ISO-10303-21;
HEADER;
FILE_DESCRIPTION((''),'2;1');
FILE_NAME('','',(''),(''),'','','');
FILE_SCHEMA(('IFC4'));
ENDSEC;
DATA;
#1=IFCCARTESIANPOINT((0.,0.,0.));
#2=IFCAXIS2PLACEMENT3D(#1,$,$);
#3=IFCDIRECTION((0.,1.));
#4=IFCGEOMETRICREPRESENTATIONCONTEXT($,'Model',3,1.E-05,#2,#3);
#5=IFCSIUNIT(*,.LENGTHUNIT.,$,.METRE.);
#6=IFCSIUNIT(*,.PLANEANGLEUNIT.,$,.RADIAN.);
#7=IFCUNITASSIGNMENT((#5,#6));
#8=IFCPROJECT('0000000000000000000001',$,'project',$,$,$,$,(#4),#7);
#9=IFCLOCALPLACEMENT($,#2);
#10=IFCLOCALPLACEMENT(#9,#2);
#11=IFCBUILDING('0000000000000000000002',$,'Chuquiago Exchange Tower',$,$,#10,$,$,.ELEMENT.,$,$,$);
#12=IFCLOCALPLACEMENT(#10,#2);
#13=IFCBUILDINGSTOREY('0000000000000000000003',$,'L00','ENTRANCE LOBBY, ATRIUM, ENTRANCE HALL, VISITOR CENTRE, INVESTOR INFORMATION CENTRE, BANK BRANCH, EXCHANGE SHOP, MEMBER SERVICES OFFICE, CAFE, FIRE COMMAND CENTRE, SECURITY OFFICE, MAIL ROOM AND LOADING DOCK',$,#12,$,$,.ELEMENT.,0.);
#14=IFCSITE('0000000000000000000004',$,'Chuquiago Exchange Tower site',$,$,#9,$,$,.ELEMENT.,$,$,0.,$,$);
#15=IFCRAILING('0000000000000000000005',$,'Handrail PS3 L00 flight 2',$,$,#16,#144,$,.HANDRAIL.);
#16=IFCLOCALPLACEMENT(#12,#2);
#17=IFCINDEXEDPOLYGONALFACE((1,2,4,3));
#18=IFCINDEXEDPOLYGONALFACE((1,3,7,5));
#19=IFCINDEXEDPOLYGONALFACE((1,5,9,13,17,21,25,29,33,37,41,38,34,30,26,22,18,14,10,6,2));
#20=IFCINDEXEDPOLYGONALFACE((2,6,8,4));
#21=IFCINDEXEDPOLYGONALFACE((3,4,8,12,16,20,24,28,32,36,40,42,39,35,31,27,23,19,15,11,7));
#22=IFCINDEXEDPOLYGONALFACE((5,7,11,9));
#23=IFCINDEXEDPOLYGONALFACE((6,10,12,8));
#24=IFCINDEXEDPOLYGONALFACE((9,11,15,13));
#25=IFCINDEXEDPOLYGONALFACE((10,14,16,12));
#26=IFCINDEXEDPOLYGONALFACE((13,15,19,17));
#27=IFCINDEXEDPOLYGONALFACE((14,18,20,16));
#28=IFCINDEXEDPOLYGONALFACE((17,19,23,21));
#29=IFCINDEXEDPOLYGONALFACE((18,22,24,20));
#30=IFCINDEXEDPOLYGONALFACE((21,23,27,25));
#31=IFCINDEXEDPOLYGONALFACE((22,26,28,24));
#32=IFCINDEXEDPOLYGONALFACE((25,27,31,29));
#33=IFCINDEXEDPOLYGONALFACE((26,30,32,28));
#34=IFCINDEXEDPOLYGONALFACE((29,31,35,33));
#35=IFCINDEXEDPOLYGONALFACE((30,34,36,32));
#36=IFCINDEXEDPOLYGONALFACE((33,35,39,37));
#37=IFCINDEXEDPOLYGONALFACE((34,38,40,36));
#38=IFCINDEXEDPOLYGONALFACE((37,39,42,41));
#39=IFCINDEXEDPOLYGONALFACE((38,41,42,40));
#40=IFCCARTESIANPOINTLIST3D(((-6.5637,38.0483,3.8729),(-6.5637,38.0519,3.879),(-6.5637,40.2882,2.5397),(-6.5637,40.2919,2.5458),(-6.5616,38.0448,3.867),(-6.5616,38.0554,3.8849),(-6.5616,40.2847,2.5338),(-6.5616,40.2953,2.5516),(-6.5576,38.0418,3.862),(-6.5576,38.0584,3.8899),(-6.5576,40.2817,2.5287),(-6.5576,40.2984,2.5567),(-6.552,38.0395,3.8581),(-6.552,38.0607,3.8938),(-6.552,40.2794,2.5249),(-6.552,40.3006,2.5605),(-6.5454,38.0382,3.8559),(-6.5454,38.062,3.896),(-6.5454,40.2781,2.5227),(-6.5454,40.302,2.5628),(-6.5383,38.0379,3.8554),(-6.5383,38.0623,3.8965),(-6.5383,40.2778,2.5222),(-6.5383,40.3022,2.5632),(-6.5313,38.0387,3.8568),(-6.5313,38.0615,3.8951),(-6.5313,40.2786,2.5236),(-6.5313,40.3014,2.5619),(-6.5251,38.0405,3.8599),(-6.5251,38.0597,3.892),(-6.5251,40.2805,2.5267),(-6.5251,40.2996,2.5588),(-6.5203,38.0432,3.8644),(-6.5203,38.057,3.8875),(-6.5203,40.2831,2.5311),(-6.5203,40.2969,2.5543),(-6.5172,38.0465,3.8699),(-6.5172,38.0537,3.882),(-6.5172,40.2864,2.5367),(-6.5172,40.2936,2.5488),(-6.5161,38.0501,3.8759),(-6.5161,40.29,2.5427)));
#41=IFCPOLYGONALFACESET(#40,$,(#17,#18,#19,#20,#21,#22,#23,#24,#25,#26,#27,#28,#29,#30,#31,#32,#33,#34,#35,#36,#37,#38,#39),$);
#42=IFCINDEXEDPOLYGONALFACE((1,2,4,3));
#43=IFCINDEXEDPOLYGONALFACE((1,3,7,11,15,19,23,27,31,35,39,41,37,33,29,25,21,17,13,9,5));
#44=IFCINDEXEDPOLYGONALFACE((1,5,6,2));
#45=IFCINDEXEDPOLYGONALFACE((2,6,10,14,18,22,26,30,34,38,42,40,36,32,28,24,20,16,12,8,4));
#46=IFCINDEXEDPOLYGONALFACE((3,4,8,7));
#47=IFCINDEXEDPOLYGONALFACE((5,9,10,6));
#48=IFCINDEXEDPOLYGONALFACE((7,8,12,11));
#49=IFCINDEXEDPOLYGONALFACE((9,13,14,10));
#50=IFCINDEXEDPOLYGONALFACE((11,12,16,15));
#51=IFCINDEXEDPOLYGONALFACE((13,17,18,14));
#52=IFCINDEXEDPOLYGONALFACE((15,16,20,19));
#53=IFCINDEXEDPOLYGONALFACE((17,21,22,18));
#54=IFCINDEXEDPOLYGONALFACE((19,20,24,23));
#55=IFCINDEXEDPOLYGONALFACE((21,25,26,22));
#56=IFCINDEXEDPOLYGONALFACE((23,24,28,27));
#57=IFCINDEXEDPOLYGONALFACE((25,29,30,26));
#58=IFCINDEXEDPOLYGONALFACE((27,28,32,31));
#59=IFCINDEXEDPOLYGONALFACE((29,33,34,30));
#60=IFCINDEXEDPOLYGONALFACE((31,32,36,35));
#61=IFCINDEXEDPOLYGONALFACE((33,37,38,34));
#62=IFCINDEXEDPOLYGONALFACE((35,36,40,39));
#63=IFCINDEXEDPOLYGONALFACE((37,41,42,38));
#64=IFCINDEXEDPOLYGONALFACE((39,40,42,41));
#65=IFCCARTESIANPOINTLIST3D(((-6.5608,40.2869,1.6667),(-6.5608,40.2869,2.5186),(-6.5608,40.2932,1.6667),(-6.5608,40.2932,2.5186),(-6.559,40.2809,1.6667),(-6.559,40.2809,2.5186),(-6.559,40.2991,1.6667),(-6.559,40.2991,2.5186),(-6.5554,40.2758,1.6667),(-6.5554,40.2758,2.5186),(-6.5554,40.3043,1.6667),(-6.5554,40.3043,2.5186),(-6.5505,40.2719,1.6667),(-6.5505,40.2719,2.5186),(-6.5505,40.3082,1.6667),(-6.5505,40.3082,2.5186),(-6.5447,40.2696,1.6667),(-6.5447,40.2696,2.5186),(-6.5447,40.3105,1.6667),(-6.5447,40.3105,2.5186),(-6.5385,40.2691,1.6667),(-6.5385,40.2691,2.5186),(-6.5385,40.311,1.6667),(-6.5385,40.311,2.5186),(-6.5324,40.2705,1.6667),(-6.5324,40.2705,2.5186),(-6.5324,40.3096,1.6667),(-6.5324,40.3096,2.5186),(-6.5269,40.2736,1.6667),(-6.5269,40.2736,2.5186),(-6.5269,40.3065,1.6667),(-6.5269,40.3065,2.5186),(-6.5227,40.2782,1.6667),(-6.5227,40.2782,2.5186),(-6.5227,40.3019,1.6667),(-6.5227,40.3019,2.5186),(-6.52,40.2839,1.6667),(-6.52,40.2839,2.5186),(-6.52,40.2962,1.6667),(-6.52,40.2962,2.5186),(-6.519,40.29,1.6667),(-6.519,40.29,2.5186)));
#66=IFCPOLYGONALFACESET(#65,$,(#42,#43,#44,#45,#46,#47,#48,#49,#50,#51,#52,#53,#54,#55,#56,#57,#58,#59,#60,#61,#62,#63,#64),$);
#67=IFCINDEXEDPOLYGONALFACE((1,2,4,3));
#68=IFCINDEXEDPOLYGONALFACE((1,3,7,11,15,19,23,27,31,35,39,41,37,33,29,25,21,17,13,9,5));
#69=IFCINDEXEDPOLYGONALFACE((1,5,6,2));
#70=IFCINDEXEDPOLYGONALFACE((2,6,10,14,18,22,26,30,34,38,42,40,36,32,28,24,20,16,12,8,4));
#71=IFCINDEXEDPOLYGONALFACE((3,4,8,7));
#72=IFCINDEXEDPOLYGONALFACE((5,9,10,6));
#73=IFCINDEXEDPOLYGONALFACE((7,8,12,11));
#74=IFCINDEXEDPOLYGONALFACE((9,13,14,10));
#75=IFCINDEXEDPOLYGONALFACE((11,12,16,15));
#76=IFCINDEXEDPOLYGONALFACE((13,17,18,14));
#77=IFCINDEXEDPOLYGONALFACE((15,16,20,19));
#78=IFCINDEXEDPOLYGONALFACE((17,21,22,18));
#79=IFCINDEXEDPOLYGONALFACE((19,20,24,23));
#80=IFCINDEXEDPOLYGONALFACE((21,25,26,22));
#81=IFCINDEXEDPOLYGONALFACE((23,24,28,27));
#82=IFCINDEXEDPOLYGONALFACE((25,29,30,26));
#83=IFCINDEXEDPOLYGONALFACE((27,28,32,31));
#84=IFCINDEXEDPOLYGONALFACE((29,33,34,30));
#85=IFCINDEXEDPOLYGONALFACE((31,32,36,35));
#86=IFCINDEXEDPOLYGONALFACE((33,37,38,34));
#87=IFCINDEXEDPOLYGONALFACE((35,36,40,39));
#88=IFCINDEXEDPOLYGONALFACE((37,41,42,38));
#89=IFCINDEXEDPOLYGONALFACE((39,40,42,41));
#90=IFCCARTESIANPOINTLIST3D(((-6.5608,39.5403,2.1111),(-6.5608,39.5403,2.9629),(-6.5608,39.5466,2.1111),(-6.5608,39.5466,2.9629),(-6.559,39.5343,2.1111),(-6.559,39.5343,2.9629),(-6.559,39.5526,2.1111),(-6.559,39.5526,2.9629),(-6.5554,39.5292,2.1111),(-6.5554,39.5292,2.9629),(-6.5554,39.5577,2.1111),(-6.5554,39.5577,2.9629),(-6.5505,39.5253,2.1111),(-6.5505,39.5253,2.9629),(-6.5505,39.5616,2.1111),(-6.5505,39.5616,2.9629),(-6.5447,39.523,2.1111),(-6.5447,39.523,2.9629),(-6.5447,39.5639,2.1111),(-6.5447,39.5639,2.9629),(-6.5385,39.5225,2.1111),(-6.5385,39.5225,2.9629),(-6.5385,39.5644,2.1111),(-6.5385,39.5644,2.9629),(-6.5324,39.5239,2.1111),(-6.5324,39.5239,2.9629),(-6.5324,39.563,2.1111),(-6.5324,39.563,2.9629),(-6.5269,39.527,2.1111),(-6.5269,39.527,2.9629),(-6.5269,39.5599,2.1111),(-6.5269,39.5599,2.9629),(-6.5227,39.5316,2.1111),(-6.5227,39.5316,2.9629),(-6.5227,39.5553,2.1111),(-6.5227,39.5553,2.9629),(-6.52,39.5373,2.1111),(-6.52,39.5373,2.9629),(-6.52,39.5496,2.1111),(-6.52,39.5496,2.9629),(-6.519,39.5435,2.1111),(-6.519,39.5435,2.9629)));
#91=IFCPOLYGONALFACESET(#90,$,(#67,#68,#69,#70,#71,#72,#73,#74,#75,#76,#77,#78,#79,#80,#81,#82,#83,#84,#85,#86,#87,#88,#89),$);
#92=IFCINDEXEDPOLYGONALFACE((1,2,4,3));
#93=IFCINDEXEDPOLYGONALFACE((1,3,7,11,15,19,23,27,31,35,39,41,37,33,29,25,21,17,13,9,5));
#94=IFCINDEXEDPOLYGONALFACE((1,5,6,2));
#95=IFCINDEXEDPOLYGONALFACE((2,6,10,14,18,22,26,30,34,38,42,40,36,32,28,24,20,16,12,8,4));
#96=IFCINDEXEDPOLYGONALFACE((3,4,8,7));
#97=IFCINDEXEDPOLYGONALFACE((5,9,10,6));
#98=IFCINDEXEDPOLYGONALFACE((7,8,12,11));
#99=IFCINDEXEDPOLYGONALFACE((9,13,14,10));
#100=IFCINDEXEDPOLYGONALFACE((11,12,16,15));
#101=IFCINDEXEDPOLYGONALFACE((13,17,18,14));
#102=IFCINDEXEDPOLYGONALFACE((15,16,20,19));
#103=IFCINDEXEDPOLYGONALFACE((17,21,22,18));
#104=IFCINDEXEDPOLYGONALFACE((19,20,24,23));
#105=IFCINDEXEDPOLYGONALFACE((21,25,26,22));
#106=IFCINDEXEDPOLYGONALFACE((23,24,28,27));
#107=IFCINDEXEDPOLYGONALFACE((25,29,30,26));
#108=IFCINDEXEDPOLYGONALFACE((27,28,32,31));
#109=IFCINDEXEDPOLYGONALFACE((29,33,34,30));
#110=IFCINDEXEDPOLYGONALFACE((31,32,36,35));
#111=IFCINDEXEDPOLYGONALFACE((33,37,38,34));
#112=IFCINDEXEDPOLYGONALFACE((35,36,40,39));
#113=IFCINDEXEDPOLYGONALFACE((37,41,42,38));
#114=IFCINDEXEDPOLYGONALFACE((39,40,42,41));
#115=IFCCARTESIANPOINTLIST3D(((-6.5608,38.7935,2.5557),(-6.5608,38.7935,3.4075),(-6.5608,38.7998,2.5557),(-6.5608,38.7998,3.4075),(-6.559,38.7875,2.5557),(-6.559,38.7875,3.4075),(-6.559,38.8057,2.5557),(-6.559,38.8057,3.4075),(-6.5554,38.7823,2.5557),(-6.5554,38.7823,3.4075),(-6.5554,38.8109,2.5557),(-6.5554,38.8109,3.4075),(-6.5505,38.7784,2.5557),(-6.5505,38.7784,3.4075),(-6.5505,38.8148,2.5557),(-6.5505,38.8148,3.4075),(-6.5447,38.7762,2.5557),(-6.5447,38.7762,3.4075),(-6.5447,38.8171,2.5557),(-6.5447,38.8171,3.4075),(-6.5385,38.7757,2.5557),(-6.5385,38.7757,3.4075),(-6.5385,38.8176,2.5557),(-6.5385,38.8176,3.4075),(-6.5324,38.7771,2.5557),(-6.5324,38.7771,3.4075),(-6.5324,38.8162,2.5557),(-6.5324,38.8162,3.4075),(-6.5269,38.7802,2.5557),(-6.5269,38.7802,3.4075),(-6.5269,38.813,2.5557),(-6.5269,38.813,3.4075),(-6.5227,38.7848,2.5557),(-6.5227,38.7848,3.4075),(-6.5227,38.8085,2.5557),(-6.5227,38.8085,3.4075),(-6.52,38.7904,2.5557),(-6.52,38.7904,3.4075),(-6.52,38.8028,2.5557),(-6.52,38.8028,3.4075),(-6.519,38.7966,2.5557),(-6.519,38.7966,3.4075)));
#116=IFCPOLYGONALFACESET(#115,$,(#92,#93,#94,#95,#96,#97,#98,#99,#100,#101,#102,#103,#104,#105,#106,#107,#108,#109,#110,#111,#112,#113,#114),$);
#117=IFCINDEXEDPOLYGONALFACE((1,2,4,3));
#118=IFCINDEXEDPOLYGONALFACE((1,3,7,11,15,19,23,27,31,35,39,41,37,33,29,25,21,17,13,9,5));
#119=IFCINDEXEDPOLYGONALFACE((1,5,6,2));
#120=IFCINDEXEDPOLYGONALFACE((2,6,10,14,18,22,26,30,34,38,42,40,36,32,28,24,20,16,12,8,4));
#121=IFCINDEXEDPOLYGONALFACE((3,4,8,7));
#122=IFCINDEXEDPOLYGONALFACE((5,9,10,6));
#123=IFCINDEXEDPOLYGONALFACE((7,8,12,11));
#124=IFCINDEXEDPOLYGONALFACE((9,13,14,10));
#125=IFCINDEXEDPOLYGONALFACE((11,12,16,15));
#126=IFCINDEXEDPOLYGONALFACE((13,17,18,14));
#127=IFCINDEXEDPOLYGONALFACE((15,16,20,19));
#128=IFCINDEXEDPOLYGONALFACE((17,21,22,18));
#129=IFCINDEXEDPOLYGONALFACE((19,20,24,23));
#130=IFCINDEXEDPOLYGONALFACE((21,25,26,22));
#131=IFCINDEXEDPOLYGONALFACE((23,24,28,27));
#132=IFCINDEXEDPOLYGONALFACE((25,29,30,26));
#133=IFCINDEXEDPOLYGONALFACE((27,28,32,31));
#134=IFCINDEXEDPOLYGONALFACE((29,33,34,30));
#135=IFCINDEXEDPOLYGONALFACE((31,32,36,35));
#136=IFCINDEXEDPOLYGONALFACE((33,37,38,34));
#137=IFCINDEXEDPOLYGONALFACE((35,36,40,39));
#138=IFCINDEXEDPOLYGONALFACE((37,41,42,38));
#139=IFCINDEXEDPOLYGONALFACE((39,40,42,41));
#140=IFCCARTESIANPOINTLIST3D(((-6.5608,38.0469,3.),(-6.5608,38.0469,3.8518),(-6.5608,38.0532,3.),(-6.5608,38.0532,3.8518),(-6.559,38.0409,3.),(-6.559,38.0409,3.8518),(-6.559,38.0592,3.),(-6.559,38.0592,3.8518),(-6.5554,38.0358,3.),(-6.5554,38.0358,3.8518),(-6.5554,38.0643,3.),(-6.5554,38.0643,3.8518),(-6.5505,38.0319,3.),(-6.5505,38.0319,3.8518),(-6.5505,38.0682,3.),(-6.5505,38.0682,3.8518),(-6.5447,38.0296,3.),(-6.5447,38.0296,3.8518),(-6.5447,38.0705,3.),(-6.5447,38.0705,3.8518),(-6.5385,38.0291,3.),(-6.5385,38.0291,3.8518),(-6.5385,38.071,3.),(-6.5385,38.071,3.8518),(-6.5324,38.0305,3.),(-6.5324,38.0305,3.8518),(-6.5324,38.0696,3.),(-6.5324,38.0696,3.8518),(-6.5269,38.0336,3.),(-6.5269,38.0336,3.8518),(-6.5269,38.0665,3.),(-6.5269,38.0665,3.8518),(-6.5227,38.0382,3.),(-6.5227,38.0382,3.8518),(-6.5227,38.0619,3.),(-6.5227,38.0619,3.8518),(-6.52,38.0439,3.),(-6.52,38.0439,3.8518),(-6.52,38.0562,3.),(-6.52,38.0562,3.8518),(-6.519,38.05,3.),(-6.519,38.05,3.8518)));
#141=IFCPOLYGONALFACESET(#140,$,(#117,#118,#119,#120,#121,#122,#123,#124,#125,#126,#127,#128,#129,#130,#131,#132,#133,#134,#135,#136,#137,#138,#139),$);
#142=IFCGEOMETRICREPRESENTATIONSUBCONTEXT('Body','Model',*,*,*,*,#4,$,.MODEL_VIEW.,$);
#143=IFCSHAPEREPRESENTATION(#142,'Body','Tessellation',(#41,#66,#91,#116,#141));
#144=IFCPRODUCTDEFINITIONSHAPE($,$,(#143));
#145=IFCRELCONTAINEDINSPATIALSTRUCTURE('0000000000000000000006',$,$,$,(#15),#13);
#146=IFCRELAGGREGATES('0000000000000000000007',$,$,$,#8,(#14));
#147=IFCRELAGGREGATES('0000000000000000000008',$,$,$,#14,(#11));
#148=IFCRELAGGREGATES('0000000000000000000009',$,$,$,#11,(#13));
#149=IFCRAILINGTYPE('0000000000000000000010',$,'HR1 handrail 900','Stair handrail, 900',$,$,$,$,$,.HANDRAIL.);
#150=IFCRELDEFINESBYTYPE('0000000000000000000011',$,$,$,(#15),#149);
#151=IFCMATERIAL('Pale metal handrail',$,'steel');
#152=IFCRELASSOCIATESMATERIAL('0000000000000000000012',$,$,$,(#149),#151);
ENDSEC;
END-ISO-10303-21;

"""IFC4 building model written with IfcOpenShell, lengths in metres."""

from ifc_helpers import new_model, si_unit, direction, frame, origin, origin_2d, place, context, subcontext, project, spatial, circle, extrude, material, type_object, element, save


model = new_model("IFC4")

# Units and contexts
model_context = context("Model", 3, precision=1e-05, world=origin(), true_north=direction((0.0, 1.0)))
body_context = subcontext(model_context, "Body", "Model", "MODEL_VIEW")
ifc_project = project(units=[si_unit("LENGTHUNIT", "METRE"), si_unit("PLANEANGLEUNIT", "RADIAN")], contexts=[model_context])

# Site, building, storey
site_placement = place(None, origin())
site = spatial("IfcSite", under=ifc_project, at=site_placement, Name="Chuquiago Exchange Tower site", CompositionType="ELEMENT", RefElevation=0.0)
building_placement = place(site_placement, origin())
building = spatial("IfcBuilding", under=site, at=building_placement, Name="Chuquiago Exchange Tower", CompositionType="ELEMENT")
storey_placement = place(building_placement, origin())
storey = spatial("IfcBuildingStorey", under=building, at=storey_placement, Name="L00", Description="ENTRANCE LOBBY, ATRIUM, ENTRANCE HALL, VISITOR CENTRE, INVESTOR INFORMATION CENTRE, BANK BRANCH, EXCHANGE SHOP, MEMBER SERVICES OFFICE, CAFE, FIRE COMMAND CENTRE, SECURITY OFFICE, MAIL ROOM AND LOADING DOCK", CompositionType="ELEMENT", Elevation=0.0)

# Railing
ifc_material_1 = material(Name="Pale metal handrail", Category="steel")
railing_type = type_object("IfcRailingType", Name="HR1 handrail 900", Description="Stair handrail, 900", PredefinedType="HANDRAIL", material=ifc_material_1)
railing_1_placement = place(storey_placement, frame((-6.54, 40.29, 1.6667)))
element("IfcRailing", 1, at=railing_1_placement, inside=storey, type_object=railing_type, Name="Handrail PS3 L00 flight 2", PredefinedType="HANDRAIL", context=body_context, shape_type="SweptSolid", body=[
    extrude(circle(Radius=0.0239, at=origin_2d()), frame((0.0, 0.0, 0.876), z_axis=(0.0, -0.859306, 0.511462), x_axis=(1.0, 0.0, 0.0)), (0.0, 0.0, 1.0), 2.6067),
    extrude(circle(Radius=0.021, at=origin_2d()), origin(), (0.0, 0.0, 1.0), 0.8518),
    extrude(circle(Radius=0.021, at=origin_2d()), frame((0.0, -0.7466, 0.4443)), (0.0, 0.0, 1.0), 0.8518),
    extrude(circle(Radius=0.021, at=origin_2d()), frame((0.0, -1.4934, 0.8889)), (0.0, 0.0, 1.0), 0.8518),
    extrude(circle(Radius=0.021, at=origin_2d()), frame((0.0, -2.24, 1.3333)), (0.0, 0.0, 1.0), 0.8518),
])

save(model, "model.ifc")
